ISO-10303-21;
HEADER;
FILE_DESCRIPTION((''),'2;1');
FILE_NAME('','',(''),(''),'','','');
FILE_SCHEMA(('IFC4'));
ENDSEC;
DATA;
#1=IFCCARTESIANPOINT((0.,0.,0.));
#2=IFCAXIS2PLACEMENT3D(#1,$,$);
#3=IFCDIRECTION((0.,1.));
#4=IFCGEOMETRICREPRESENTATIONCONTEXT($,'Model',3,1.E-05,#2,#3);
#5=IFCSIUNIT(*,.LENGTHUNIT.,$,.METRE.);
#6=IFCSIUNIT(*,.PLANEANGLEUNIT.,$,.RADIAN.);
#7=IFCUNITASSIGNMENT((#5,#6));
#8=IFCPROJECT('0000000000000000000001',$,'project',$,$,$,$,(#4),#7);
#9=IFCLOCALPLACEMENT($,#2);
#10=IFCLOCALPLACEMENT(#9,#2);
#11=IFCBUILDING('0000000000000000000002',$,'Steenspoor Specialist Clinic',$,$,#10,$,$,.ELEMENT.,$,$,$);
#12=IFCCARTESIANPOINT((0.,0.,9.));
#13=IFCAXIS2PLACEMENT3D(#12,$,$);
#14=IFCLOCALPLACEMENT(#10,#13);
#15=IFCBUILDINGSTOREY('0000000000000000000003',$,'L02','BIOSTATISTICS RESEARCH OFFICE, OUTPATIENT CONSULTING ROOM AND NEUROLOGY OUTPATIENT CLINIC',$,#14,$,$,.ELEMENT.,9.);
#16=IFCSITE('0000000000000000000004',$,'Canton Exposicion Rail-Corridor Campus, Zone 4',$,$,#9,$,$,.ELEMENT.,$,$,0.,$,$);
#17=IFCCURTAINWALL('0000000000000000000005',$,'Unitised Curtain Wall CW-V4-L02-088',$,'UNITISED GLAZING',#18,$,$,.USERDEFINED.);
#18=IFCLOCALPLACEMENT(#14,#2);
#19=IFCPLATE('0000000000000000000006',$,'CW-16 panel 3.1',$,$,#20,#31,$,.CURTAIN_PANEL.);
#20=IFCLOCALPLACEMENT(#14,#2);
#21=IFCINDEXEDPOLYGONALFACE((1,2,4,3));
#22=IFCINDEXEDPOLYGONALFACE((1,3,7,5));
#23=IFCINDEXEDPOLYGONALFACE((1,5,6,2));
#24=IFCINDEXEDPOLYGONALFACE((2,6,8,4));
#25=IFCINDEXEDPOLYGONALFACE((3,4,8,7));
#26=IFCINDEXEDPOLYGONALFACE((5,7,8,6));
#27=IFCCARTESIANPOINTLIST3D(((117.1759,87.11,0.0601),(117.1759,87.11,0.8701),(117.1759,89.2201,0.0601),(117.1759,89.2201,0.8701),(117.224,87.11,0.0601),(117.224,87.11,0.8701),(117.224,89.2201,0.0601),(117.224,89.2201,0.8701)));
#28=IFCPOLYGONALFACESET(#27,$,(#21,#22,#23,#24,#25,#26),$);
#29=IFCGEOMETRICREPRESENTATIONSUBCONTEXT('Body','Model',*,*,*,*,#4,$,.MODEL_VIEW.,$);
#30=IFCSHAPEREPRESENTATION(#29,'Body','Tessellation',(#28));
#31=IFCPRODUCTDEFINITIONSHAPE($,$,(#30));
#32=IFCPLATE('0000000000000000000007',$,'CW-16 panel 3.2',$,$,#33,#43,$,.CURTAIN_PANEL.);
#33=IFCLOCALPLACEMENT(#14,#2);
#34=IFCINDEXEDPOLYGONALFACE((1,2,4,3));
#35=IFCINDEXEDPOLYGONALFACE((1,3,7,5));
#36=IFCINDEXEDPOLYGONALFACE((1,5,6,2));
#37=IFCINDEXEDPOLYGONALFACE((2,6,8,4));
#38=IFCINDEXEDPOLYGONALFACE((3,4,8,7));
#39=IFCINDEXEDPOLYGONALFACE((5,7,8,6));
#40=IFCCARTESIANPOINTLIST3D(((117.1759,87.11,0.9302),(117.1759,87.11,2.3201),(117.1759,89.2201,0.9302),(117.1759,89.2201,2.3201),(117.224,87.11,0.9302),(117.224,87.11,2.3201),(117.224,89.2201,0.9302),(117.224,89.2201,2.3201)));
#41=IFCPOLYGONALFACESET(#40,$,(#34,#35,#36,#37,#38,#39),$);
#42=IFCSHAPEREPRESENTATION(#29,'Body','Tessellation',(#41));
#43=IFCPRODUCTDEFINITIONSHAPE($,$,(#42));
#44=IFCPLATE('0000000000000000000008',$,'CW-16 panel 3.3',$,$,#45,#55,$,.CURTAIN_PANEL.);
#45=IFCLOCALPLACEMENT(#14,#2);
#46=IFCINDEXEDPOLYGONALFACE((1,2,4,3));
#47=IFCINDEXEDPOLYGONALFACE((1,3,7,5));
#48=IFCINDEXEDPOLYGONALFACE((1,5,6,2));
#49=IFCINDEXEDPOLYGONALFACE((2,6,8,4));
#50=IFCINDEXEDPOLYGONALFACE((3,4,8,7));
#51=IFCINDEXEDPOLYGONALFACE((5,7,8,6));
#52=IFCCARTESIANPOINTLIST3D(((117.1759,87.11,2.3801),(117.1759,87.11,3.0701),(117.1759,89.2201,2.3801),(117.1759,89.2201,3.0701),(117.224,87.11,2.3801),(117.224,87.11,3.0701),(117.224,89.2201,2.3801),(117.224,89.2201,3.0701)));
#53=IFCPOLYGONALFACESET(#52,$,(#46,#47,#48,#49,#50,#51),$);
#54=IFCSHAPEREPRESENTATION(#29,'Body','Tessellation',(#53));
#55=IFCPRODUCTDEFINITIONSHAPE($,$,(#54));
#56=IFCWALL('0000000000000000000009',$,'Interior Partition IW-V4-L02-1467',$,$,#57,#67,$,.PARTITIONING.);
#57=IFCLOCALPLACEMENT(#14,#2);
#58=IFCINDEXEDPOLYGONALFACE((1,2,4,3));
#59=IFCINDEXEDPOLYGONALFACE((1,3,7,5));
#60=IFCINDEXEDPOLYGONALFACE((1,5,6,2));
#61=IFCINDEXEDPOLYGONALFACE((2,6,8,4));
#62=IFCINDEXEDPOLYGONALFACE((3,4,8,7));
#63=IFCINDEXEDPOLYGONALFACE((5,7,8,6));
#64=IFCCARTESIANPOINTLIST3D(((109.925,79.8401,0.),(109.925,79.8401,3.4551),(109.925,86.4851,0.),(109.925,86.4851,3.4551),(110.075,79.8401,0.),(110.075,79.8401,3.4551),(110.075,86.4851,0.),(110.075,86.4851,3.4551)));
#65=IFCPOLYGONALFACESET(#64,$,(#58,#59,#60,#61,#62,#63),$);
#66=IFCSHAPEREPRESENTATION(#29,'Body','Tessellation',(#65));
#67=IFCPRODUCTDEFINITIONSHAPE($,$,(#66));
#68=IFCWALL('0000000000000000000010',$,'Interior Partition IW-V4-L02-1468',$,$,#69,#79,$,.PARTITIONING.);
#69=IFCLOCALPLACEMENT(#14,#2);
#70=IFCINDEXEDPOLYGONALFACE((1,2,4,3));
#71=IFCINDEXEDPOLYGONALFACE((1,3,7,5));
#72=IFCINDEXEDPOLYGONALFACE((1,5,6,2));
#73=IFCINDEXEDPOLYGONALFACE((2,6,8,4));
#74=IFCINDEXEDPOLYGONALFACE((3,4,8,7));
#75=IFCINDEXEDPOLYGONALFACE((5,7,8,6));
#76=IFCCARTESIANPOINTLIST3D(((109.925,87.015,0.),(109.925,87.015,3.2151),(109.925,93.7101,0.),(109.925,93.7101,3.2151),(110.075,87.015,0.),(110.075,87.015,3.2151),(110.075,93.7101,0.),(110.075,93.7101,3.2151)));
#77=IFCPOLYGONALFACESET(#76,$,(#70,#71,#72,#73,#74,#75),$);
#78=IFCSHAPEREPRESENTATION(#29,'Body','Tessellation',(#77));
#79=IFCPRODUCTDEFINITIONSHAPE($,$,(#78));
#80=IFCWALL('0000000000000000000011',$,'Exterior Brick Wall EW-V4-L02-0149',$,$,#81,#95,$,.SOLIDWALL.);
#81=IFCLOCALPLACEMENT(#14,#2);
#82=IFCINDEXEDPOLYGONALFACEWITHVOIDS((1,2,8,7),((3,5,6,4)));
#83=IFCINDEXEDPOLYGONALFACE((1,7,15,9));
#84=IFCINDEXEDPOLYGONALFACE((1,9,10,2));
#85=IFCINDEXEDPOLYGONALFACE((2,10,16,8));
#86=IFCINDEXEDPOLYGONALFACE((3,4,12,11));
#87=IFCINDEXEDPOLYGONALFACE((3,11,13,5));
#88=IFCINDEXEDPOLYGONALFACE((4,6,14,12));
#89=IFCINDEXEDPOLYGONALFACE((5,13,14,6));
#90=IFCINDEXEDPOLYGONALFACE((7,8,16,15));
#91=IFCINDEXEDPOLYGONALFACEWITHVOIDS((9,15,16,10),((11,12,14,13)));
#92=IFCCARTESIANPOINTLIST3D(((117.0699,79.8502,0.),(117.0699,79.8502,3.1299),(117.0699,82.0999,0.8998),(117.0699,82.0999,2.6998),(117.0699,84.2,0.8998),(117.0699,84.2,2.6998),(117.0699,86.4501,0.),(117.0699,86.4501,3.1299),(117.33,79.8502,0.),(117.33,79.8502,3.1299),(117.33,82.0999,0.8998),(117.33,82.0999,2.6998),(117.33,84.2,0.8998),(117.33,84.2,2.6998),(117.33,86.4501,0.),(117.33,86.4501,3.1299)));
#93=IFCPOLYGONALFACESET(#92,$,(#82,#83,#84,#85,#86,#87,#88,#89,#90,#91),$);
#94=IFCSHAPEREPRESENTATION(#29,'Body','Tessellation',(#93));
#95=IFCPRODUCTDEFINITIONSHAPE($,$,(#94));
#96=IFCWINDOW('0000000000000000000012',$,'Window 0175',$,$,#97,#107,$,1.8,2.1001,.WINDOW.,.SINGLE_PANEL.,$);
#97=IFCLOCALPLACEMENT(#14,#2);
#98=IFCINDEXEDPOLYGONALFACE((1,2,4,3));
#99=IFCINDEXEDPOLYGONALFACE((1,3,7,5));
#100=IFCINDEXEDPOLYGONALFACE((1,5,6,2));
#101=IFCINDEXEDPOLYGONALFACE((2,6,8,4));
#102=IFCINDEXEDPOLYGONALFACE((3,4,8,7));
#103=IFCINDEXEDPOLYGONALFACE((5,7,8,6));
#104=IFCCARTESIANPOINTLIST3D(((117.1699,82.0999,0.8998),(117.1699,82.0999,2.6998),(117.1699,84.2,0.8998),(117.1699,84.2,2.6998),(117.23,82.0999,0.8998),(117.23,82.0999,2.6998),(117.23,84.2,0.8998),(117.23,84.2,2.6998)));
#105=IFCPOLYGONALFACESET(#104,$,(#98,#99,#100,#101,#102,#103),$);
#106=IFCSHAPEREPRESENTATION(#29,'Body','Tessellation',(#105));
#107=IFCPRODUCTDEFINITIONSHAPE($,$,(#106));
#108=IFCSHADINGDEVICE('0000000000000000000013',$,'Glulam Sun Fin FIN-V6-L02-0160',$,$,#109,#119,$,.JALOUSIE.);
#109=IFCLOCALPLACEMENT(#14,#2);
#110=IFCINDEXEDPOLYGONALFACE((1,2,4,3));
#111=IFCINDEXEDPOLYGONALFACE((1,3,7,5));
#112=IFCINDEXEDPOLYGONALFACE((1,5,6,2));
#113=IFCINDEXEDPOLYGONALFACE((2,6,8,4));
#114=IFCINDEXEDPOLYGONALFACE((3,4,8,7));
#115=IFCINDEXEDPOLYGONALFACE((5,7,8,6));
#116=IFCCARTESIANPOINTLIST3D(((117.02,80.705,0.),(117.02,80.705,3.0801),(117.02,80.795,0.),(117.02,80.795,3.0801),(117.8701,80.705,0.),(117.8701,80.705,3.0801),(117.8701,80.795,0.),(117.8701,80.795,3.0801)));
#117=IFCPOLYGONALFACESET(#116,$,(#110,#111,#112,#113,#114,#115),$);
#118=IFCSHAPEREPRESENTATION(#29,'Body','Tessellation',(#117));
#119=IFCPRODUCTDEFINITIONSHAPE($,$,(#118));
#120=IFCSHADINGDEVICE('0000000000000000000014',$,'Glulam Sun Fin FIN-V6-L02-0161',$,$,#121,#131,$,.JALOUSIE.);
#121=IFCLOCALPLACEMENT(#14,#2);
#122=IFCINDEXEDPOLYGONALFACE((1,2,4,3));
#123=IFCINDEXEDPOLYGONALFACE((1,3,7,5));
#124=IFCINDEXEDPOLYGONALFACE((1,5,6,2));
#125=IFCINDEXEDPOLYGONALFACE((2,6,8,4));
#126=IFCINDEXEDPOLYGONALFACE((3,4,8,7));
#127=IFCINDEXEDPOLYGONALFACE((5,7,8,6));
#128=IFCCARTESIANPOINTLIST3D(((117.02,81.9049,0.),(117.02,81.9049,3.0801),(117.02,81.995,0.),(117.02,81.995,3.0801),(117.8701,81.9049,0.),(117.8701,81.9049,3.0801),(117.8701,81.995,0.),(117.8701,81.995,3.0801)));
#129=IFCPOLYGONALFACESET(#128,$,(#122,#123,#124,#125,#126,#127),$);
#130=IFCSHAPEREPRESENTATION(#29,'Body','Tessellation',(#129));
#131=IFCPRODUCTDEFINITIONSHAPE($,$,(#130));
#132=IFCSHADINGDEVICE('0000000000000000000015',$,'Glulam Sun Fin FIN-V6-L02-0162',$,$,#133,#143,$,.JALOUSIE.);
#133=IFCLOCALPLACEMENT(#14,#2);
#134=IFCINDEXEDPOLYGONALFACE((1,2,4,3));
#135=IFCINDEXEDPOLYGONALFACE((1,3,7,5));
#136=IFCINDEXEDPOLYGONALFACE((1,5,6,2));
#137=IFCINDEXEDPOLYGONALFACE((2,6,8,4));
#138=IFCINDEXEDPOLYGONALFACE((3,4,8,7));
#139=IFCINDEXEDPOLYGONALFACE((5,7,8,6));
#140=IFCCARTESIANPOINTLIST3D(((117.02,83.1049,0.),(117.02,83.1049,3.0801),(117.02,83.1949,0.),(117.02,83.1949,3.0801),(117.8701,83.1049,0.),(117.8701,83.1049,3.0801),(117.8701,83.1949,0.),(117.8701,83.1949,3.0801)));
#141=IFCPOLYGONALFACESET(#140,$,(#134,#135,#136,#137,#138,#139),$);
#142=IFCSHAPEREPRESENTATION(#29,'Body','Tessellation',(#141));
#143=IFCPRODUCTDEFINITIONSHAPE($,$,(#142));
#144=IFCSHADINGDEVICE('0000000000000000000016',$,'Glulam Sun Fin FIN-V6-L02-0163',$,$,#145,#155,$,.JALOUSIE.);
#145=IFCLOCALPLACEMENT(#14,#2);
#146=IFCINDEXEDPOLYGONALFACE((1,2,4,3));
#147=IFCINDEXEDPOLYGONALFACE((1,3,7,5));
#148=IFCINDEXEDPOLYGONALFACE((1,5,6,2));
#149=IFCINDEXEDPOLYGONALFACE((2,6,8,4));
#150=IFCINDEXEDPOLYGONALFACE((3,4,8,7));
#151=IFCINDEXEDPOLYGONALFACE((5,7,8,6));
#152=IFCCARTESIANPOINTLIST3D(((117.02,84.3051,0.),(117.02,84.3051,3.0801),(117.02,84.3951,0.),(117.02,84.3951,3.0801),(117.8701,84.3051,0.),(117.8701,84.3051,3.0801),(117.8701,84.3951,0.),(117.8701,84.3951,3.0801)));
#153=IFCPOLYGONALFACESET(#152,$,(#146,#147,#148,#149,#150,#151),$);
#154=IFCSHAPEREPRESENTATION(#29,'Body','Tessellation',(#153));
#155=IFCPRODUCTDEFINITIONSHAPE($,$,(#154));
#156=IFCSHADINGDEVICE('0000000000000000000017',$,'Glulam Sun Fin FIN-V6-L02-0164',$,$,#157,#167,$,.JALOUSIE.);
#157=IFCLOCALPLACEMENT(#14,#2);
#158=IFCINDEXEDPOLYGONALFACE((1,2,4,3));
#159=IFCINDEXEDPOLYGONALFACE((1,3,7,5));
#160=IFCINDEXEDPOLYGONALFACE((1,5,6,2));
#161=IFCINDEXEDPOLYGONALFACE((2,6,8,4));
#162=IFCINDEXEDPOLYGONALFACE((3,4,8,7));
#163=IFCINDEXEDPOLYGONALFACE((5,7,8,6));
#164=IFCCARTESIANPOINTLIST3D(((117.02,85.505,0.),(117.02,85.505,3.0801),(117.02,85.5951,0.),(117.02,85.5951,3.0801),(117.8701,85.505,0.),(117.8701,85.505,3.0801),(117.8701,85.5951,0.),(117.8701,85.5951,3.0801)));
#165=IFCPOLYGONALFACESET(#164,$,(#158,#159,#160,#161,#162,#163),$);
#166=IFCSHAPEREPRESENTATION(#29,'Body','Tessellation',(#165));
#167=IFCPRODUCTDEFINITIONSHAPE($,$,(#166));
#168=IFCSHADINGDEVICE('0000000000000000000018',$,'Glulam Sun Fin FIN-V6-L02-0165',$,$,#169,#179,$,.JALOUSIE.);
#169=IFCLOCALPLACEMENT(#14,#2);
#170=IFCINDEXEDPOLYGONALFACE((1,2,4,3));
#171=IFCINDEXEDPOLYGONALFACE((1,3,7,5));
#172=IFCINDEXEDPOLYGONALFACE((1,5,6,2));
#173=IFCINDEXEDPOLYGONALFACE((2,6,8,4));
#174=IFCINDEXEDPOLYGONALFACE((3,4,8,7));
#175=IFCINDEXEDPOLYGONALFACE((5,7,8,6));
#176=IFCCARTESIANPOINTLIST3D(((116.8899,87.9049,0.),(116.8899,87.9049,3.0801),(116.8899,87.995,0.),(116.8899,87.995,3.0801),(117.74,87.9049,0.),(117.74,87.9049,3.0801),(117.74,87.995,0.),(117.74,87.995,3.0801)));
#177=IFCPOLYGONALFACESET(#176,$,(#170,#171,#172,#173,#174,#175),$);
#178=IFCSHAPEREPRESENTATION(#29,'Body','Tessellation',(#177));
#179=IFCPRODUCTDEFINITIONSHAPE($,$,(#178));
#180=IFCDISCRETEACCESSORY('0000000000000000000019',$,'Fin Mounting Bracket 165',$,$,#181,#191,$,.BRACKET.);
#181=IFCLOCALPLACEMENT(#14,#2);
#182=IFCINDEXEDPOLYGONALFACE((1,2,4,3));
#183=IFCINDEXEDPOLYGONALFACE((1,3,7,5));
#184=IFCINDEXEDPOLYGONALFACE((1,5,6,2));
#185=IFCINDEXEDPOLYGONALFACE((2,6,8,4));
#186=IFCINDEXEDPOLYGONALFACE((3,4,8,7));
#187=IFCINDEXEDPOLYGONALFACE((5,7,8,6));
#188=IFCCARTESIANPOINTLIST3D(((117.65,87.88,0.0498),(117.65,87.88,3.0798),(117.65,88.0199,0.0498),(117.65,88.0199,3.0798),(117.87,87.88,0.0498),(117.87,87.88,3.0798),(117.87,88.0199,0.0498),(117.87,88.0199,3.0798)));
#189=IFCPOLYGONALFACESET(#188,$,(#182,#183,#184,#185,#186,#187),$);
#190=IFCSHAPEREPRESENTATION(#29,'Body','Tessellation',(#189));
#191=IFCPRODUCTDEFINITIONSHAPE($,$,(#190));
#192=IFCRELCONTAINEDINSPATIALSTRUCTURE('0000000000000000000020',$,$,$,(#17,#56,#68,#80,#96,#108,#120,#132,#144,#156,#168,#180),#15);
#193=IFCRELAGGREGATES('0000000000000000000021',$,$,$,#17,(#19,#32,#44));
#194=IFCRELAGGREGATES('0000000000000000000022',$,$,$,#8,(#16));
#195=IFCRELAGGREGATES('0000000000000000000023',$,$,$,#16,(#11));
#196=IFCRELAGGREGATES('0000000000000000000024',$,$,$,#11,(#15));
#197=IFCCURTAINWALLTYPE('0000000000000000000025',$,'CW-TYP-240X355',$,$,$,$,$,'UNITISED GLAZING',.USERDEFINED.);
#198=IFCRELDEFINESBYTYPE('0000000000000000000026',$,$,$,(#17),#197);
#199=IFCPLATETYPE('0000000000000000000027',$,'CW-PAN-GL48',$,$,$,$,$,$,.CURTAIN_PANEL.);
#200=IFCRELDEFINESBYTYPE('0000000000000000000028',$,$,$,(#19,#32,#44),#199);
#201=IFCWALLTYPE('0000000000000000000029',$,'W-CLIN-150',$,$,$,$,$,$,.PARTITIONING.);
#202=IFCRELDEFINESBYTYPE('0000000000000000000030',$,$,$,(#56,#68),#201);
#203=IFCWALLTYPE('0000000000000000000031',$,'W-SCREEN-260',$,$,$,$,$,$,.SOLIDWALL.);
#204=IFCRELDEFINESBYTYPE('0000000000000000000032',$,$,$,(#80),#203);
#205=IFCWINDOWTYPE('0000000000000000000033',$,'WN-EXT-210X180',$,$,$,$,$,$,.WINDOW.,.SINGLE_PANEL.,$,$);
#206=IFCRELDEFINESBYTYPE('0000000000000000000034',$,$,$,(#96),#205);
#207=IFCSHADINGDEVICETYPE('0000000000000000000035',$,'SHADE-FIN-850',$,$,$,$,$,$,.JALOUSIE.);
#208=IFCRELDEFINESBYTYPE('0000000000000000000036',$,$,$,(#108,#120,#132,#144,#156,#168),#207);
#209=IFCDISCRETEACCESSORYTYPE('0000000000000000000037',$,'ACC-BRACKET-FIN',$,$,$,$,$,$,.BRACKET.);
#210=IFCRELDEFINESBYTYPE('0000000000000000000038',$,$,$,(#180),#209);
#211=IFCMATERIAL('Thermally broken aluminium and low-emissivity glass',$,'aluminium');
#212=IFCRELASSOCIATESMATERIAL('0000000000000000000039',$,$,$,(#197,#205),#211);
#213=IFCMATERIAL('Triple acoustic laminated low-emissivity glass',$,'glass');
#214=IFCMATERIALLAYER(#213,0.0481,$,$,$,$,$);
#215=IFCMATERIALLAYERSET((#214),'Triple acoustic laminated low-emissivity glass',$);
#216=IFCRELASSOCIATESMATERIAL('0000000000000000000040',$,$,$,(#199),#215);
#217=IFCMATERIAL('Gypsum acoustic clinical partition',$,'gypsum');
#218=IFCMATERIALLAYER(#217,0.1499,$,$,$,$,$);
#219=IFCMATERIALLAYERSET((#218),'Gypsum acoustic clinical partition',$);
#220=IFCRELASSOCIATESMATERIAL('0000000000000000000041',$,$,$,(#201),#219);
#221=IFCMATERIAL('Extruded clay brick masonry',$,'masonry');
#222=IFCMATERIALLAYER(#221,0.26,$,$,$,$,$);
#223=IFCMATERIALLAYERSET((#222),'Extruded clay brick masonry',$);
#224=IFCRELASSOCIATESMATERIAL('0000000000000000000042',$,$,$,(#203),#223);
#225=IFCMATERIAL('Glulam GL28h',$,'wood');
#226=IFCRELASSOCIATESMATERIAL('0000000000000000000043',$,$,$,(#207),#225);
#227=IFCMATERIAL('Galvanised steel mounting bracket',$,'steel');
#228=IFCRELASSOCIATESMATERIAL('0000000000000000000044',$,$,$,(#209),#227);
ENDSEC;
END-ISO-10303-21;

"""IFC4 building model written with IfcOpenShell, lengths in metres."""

from ifc_helpers import new_model, si_unit, direction, frame, frame_2d, origin, origin_2d, place, context, subcontext, project, spatial, rectangle, extrude, material, layer, layer_set, material_profile, profile_set, type_object, element, fill, aggregate, save


model = new_model("IFC4")

# Units and contexts
model_context = context("Model", 3, precision=1e-05, world=origin(), true_north=direction((0.0, 1.0)))
body_context = subcontext(model_context, "Body", "Model", "MODEL_VIEW")
ifc_project = project(units=[si_unit("LENGTHUNIT", "METRE"), si_unit("PLANEANGLEUNIT", "RADIAN")], contexts=[model_context])

# Site, building, storey
site_placement = place(None, origin())
site = spatial("IfcSite", under=ifc_project, at=site_placement, Name="Canton Exposicion Rail-Corridor Campus, Zone 4", CompositionType="ELEMENT", RefElevation=0.0)
building_placement = place(site_placement, origin())
building = spatial("IfcBuilding", under=site, at=building_placement, Name="Steenspoor Specialist Clinic", CompositionType="ELEMENT")
storey_placement = place(building_placement, frame((0.0, 0.0, 9.0)))
storey = spatial("IfcBuildingStorey", under=building, at=storey_placement, Name="L02", Description="BIOSTATISTICS RESEARCH OFFICE, OUTPATIENT CONSULTING ROOM AND NEUROLOGY OUTPATIENT CLINIC", CompositionType="ELEMENT", Elevation=9.0)

# Curtain wall
ifc_material_1 = material(Name="Thermally broken aluminium and low-emissivity glass", Category="aluminium")
curtain_wall_type = type_object("IfcCurtainWallType", Name="CW-TYP-240X355", ElementType="UNITISED GLAZING", PredefinedType="USERDEFINED", material=ifc_material_1)
curtain_wall_placement = place(storey_placement, origin())
curtain_wall = element("IfcCurtainWall", 1, at=curtain_wall_placement, inside=storey, type_object=curtain_wall_type, Name="Unitised Curtain Wall CW-V4-L02-088", ObjectType="UNITISED GLAZING", PredefinedType="USERDEFINED")

# Plates
ifc_material_2 = material(Name="Triple acoustic laminated low-emissivity glass", Category="glass")
ifc_layer_1 = layer(ifc_material_2, 0.0481)
ifc_layer_set_1 = layer_set([ifc_layer_1], Name="Triple acoustic laminated low-emissivity glass")
plate_type = type_object("IfcPlateType", Name="CW-PAN-GL48", PredefinedType="CURTAIN_PANEL", material=ifc_layer_set_1)
plate_1_placement = place(storey_placement, frame((117.2, 88.165, 0.0601), z_axis=(0.0, 0.0, 1.0), x_axis=(0.0, -1.0, 0.0)))
plate_1 = element("IfcPlate", 2, at=plate_1_placement, type_object=plate_type, Name="CW-16 panel 3.1", PredefinedType="CURTAIN_PANEL", context=body_context, shape_type="SweptSolid", body=[
    extrude(rectangle(XDim=2.1101, YDim=0.0481, at=origin_2d()), origin(), (0.0, 0.0, 1.0), 0.8101),
])
plate_2_placement = place(storey_placement, frame((117.2, 88.165, 0.9302), z_axis=(0.0, 0.0, 1.0), x_axis=(0.0, -1.0, 0.0)))
plate_2 = element("IfcPlate", 3, at=plate_2_placement, type_object=plate_type, Name="CW-16 panel 3.2", PredefinedType="CURTAIN_PANEL", context=body_context, shape_type="SweptSolid", body=[
    extrude(rectangle(XDim=2.1101, YDim=0.0481, at=origin_2d()), origin(), (0.0, 0.0, 1.0), 1.3899),
])
plate_3_placement = place(storey_placement, frame((117.2, 88.165, 2.3801), z_axis=(0.0, 0.0, 1.0), x_axis=(0.0, -1.0, 0.0)))
plate_3 = element("IfcPlate", 4, at=plate_3_placement, type_object=plate_type, Name="CW-16 panel 3.3", PredefinedType="CURTAIN_PANEL", context=body_context, shape_type="SweptSolid", body=[
    extrude(rectangle(XDim=2.1101, YDim=0.0481, at=origin_2d()), origin(), (0.0, 0.0, 1.0), 0.6899),
])
aggregate(curtain_wall, [plate_1, plate_2, plate_3])

# Walls
ifc_material_3 = material(Name="Gypsum acoustic clinical partition", Category="gypsum")
ifc_layer_2 = layer(ifc_material_3, 0.1499)
ifc_layer_set_2 = layer_set([ifc_layer_2], Name="Gypsum acoustic clinical partition")
wall_type_1 = type_object("IfcWallType", Name="W-CLIN-150", PredefinedType="PARTITIONING", material=ifc_layer_set_2)
wall_1_placement = place(storey_placement, frame((110.0, 79.8401, 0.0), z_axis=(0.0, 0.0, 1.0), x_axis=(0.0, 1.0, 0.0)))
element("IfcWall", 5, at=wall_1_placement, inside=storey, type_object=wall_type_1, Name="Interior Partition IW-V4-L02-1467", PredefinedType="PARTITIONING", context=body_context, shape_type="SweptSolid", body=[
    extrude(rectangle(XDim=6.645, YDim=0.1499, at=frame_2d((3.3225, 0.0))), origin(), (0.0, 0.0, 1.0), 3.4551),
])
wall_2_placement = place(storey_placement, frame((110.0, 87.0149, 0.0), z_axis=(0.0, 0.0, 1.0), x_axis=(0.0, 1.0, 0.0)))
element("IfcWall", 6, at=wall_2_placement, inside=storey, type_object=wall_type_1, Name="Interior Partition IW-V4-L02-1468", PredefinedType="PARTITIONING", context=body_context, shape_type="SweptSolid", body=[
    extrude(rectangle(XDim=6.6951, YDim=0.1499, at=frame_2d((3.3477, 0.0))), origin(), (0.0, 0.0, 1.0), 3.2151),
])

# Wall, opening, window
ifc_material_4 = material(Name="Extruded clay brick masonry", Category="masonry")
ifc_layer_3 = layer(ifc_material_4, 0.26)
ifc_layer_set_3 = layer_set([ifc_layer_3], Name="Extruded clay brick masonry")
wall_type_2 = type_object("IfcWallType", Name="W-SCREEN-260", PredefinedType="SOLIDWALL", material=ifc_layer_set_3)
wall_3_placement = place(storey_placement, frame((117.2, 86.45, 0.0), z_axis=(0.0, 0.0, 1.0), x_axis=(0.0, -1.0, 0.0)))
wall_3 = element("IfcWall", 7, at=wall_3_placement, inside=storey, type_object=wall_type_2, Name="Exterior Brick Wall EW-V4-L02-0149", PredefinedType="SOLIDWALL", context=body_context, shape_type="SweptSolid", body=[
    extrude(rectangle(XDim=6.5999, YDim=0.26, at=frame_2d((3.2998, 0.0))), origin(), (0.0, 0.0, 1.0), 3.1299),
])
opening_placement = place(wall_3_placement, frame((2.25, 0.0, 0.8999)))
opening = element("IfcOpeningElement", 8, at=opening_placement, cuts=wall_3, PredefinedType="OPENING", context=body_context, shape_type="SweptSolid", body=[
    extrude(rectangle(XDim=2.1001, YDim=1.8, at=frame_2d((1.05, 0.8999))), frame((0.0, 0.1401, 0.0), z_axis=(0.0, -1.0, 0.0), x_axis=(1.0, 0.0, 0.0)), (0.0, 0.0, 1.0), 0.28),
])
window_type = type_object("IfcWindowType", Name="WN-EXT-210X180", PartitioningType="SINGLE_PANEL", PredefinedType="WINDOW", material=ifc_material_1)
window_placement = place(opening_placement, origin())
window = element("IfcWindow", 9, at=window_placement, inside=storey, type_object=window_type, Name="Window 0175", OverallHeight=1.8, OverallWidth=2.1001, PartitioningType="SINGLE_PANEL", PredefinedType="WINDOW", context=body_context, shape_type="SweptSolid", body=[
    extrude(rectangle(XDim=2.1001, YDim=1.8, at=frame_2d((1.05, 0.8999))), frame((0.0, 0.03, 0.0), z_axis=(0.0, -1.0, 0.0), x_axis=(1.0, 0.0, 0.0)), (0.0, 0.0, 1.0), 0.0601),
])
fill(opening, window)

# Shading devices
ifc_material_5 = material(Name="Glulam GL28h", Category="wood")
ifc_material_profile_1 = material_profile(ifc_material_5, rectangle(XDim=0.0901, YDim=0.8501, at=origin_2d()), Name="GL28H-90X850")
ifc_profile_set_1 = profile_set([ifc_material_profile_1], Name="Glulam GL28h")
shading_device_type = type_object("IfcShadingDeviceType", Name="SHADE-FIN-850", PredefinedType="JALOUSIE", material=ifc_profile_set_1)
for number, where, z_axis, x_axis, name in (
    (10, (117.4451, 80.75, 0.0), (0.0, 0.0, 1.0), (0.0, 1.0, 0.0), "Glulam Sun Fin FIN-V6-L02-0160"),
    (11, (117.4451, 81.95, 0.0), (0.0, 0.0, 1.0), (0.0, 1.0, 0.0), "Glulam Sun Fin FIN-V6-L02-0161"),
    (12, (117.4451, 83.1499, 0.0), (0.0, 0.0, 1.0), (0.0, 1.0, 0.0), "Glulam Sun Fin FIN-V6-L02-0162"),
    (13, (117.4451, 84.3501, 0.0), (0.0, 0.0, 1.0), (0.0, 1.0, 0.0), "Glulam Sun Fin FIN-V6-L02-0163"),
    (14, (117.4451, 85.55, 0.0), (0.0, 0.0, 1.0), (0.0, 1.0, 0.0), "Glulam Sun Fin FIN-V6-L02-0164"),
    (15, (117.3149, 87.95, 0.0), (0.0, 0.0, 1.0), (0.0, 1.0, 0.0), "Glulam Sun Fin FIN-V6-L02-0165"),
):
    element("IfcShadingDevice", number, at=place(storey_placement, frame(where, z_axis=z_axis, x_axis=x_axis)), inside=storey, type_object=shading_device_type, Name=name, PredefinedType="JALOUSIE", context=body_context, shape_type="SweptSolid", body=[
        extrude(rectangle(XDim=0.0901, YDim=0.8501, at=origin_2d()), origin(), (0.0, 0.0, 1.0), 3.0801),
    ])

# Discrete accessory
ifc_material_6 = material(Name="Galvanised steel mounting bracket", Category="steel")
discrete_accessory_type = type_object("IfcDiscreteAccessoryType", Name="ACC-BRACKET-FIN", PredefinedType="BRACKET", material=ifc_material_6)
discrete_accessory_placement = place(storey_placement, frame((117.76, 87.95, 0.0498), z_axis=(0.0, 0.0, 1.0), x_axis=(-1.0, 0.0, 0.0)))
element("IfcDiscreteAccessory", 16, at=discrete_accessory_placement, inside=storey, type_object=discrete_accessory_type, Name="Fin Mounting Bracket 165", PredefinedType="BRACKET", context=body_context, shape_type="SweptSolid", body=[
    extrude(rectangle(XDim=0.22, YDim=0.1399, at=origin_2d()), origin(), (0.0, 0.0, 1.0), 3.03),
])

save(model, "model.ifc")
